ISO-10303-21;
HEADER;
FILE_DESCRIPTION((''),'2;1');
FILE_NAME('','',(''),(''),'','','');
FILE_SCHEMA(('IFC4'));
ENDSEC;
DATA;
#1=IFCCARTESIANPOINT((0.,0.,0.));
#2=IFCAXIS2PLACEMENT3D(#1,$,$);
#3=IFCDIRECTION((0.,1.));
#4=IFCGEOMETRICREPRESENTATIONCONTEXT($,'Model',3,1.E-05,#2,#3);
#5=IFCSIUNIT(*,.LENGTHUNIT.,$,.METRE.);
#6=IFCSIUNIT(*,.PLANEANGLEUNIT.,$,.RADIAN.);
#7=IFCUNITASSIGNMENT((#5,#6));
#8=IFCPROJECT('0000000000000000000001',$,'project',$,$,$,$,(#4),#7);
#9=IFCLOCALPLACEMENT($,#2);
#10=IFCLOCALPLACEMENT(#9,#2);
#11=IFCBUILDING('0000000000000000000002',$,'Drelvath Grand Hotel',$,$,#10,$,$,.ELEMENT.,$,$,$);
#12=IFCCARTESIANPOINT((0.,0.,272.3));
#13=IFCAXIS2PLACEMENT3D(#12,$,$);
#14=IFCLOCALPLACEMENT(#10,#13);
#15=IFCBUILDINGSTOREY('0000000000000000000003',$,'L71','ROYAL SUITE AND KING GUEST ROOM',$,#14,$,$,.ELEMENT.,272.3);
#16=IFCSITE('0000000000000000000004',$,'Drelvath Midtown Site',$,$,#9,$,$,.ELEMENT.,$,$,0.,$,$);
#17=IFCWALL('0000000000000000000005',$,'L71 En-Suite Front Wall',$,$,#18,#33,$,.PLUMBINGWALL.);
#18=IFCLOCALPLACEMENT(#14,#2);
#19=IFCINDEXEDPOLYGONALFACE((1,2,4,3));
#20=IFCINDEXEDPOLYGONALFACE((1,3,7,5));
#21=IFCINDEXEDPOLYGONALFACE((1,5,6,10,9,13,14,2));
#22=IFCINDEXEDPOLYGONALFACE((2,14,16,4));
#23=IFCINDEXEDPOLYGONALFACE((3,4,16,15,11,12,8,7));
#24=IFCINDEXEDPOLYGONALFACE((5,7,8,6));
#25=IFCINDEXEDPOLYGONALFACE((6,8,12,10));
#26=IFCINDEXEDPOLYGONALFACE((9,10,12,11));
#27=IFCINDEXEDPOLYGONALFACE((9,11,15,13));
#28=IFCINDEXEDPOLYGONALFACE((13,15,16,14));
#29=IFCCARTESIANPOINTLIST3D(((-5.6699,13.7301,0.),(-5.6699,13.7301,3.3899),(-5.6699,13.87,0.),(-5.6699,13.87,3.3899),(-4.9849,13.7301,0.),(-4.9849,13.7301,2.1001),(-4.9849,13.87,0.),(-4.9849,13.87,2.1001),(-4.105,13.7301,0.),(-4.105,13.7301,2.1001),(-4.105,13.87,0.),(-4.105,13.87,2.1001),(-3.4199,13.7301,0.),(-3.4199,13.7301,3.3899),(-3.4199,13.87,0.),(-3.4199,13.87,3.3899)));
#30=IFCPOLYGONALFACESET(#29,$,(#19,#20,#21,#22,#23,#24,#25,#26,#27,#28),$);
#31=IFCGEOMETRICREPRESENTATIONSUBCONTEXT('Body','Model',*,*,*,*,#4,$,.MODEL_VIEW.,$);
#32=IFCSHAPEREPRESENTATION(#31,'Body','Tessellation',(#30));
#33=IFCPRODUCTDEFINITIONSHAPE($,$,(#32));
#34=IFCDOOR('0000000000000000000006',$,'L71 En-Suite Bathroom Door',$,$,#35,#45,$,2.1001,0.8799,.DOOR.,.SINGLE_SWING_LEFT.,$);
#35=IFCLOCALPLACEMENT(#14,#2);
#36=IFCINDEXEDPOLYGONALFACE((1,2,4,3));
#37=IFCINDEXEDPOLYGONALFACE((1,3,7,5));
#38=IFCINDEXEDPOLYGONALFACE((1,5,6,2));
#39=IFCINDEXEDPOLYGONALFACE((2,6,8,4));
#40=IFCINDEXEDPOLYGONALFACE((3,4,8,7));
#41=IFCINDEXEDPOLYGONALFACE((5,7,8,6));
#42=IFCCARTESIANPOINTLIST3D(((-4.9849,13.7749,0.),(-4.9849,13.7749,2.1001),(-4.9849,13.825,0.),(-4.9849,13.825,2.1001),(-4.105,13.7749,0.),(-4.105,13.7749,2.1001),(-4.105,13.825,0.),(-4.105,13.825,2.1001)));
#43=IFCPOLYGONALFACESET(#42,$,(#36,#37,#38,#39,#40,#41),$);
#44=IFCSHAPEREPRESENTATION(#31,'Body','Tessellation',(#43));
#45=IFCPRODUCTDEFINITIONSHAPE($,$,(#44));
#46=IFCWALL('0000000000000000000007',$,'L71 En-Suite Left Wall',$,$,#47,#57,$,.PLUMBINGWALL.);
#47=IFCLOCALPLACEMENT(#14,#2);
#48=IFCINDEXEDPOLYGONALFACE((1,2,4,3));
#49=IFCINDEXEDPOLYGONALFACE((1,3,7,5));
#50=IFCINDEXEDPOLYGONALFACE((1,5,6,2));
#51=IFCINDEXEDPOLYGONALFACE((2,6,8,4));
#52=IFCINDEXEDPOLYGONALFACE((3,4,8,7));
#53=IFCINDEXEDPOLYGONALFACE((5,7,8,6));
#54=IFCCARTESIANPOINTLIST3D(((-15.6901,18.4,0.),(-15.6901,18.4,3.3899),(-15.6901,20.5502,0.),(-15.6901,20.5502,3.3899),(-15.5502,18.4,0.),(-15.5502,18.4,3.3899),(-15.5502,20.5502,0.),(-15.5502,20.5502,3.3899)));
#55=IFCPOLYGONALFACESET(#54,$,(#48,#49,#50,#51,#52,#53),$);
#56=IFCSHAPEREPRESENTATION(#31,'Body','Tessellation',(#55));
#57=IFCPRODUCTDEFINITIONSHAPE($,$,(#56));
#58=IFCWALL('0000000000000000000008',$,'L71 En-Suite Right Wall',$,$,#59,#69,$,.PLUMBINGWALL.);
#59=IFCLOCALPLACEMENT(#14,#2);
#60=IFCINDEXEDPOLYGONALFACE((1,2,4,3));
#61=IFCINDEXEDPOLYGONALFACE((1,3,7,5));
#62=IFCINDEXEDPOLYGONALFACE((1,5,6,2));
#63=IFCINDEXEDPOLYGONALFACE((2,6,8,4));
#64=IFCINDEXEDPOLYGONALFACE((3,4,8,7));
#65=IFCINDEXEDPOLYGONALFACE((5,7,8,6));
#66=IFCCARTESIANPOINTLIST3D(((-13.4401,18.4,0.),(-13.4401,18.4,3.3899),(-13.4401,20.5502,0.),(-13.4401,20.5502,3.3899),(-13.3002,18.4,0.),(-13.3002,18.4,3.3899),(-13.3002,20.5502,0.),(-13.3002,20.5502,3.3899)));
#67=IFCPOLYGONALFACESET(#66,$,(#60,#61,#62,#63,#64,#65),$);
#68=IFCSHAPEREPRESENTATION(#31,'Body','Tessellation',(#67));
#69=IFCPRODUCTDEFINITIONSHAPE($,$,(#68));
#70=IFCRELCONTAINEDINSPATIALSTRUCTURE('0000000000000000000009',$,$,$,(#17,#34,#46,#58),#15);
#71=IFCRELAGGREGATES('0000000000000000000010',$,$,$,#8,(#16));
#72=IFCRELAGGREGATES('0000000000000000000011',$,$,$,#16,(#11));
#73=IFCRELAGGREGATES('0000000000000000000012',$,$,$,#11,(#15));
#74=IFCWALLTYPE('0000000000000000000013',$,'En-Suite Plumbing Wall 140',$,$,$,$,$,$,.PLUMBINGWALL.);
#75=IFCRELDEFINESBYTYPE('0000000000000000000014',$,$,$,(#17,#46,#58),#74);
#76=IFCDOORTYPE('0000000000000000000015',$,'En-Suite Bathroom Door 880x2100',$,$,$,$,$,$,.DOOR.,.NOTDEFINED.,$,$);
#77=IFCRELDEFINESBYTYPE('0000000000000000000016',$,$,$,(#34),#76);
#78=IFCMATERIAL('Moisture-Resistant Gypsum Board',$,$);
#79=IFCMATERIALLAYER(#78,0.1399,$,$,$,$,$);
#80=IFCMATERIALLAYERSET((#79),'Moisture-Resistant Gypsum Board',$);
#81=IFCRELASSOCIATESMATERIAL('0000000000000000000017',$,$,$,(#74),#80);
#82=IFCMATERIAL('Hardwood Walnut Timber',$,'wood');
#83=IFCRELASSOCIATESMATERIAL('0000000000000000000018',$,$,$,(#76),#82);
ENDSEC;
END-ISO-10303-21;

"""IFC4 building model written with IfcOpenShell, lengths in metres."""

from ifc_helpers import new_model, si_unit, direction, frame, frame_2d, origin, place, context, subcontext, project, spatial, rectangle, extrude, material, layer, layer_set, type_object, element, fill, save


model = new_model("IFC4")

# Units and contexts
model_context = context("Model", 3, precision=1e-05, world=origin(), true_north=direction((0.0, 1.0)))
body_context = subcontext(model_context, "Body", "Model", "MODEL_VIEW")
ifc_project = project(units=[si_unit("LENGTHUNIT", "METRE"), si_unit("PLANEANGLEUNIT", "RADIAN")], contexts=[model_context])

# Site, building, storey
site_placement = place(None, origin())
site = spatial("IfcSite", under=ifc_project, at=site_placement, Name="Drelvath Midtown Site", CompositionType="ELEMENT", RefElevation=0.0)
building_placement = place(site_placement, origin())
building = spatial("IfcBuilding", under=site, at=building_placement, Name="Drelvath Grand Hotel", CompositionType="ELEMENT")
storey_placement = place(building_placement, frame((0.0, 0.0, 272.3)))
storey = spatial("IfcBuildingStorey", under=building, at=storey_placement, Name="L71", Description="ROYAL SUITE AND KING GUEST ROOM", CompositionType="ELEMENT", Elevation=272.3)

# Shared definitions
ifc_material_1 = material(Name="Hardwood Walnut Timber", Category="wood")

# Shared definitions
ifc_material_2 = material(Name="Moisture-Resistant Gypsum Board")
ifc_layer_1 = layer(ifc_material_2, 0.1399)
ifc_layer_set_1 = layer_set([ifc_layer_1], Name="Moisture-Resistant Gypsum Board")
wall_type_1 = type_object("IfcWallType", Name="En-Suite Plumbing Wall 140", PredefinedType="PLUMBINGWALL", material=ifc_layer_set_1)

# Shared definitions
door_type_1 = type_object("IfcDoorType", Name="En-Suite Bathroom Door 880x2100", OperationType="NOTDEFINED", PredefinedType="DOOR", material=ifc_material_1)

# Wall, opening, door
wall_1_placement = place(storey_placement, frame((-5.6699, 13.8, 0.0), z_axis=(0.0, 0.0, 1.0), x_axis=(1.0, 0.0, 0.0)))
wall_1 = element("IfcWall", 1, at=wall_1_placement, inside=storey, type_object=wall_type_1, Name="L71 En-Suite Front Wall", PredefinedType="PLUMBINGWALL", context=body_context, shape_type="SweptSolid", body=[
    extrude(rectangle(XDim=2.25, YDim=0.1399, at=frame_2d((1.125, 0.0))), origin(), (0.0, 0.0, 1.0), 3.3899),
])
opening_1_placement = place(wall_1_placement, frame((0.6851, 0.0, 0.0)))
opening_1 = element("IfcOpeningElement", 2, at=opening_1_placement, cuts=wall_1, PredefinedType="OPENING", context=body_context, shape_type="SweptSolid", body=[
    extrude(rectangle(XDim=0.8799, YDim=2.1001, at=frame_2d((0.4399, 1.05))), frame((0.0, 0.0798, 0.0), z_axis=(0.0, -1.0, 0.0), x_axis=(1.0, 0.0, 0.0)), (0.0, 0.0, 1.0), 0.1599),
])
door_1_placement = place(opening_1_placement, origin())
door_1 = element("IfcDoor", 3, at=door_1_placement, inside=storey, type_object=door_type_1, Name="L71 En-Suite Bathroom Door", OperationType="SINGLE_SWING_LEFT", OverallHeight=2.1001, OverallWidth=0.8799, PredefinedType="DOOR", context=body_context, shape_type="SweptSolid", body=[
    extrude(rectangle(XDim=0.8799, YDim=2.1001, at=frame_2d((0.4399, 1.05))), frame((0.0, 0.0249, 0.0), z_axis=(0.0, -1.0, 0.0), x_axis=(1.0, 0.0, 0.0)), (0.0, 0.0, 1.0), 0.05),
])
fill(opening_1, door_1)

# Walls
for number, where, z_axis, x_axis, name in (
    (4, (-15.6201, 18.3999, 0.0), (0.0, 0.0, 1.0), (0.0, 1.0, 0.0), "L71 En-Suite Left Wall"),
    (5, (-13.3701, 18.3999, 0.0), (0.0, 0.0, 1.0), (0.0, 1.0, 0.0), "L71 En-Suite Right Wall"),
):
    element("IfcWall", number, at=place(storey_placement, frame(where, z_axis=z_axis, x_axis=x_axis)), inside=storey, type_object=wall_type_1, Name=name, PredefinedType="PLUMBINGWALL", context=body_context, shape_type="SweptSolid", body=[
        extrude(rectangle(XDim=2.1501, YDim=0.1399, at=frame_2d((1.0752, 0.0))), origin(), (0.0, 0.0, 1.0), 3.3899),
    ])

save(model, "model.ifc")
